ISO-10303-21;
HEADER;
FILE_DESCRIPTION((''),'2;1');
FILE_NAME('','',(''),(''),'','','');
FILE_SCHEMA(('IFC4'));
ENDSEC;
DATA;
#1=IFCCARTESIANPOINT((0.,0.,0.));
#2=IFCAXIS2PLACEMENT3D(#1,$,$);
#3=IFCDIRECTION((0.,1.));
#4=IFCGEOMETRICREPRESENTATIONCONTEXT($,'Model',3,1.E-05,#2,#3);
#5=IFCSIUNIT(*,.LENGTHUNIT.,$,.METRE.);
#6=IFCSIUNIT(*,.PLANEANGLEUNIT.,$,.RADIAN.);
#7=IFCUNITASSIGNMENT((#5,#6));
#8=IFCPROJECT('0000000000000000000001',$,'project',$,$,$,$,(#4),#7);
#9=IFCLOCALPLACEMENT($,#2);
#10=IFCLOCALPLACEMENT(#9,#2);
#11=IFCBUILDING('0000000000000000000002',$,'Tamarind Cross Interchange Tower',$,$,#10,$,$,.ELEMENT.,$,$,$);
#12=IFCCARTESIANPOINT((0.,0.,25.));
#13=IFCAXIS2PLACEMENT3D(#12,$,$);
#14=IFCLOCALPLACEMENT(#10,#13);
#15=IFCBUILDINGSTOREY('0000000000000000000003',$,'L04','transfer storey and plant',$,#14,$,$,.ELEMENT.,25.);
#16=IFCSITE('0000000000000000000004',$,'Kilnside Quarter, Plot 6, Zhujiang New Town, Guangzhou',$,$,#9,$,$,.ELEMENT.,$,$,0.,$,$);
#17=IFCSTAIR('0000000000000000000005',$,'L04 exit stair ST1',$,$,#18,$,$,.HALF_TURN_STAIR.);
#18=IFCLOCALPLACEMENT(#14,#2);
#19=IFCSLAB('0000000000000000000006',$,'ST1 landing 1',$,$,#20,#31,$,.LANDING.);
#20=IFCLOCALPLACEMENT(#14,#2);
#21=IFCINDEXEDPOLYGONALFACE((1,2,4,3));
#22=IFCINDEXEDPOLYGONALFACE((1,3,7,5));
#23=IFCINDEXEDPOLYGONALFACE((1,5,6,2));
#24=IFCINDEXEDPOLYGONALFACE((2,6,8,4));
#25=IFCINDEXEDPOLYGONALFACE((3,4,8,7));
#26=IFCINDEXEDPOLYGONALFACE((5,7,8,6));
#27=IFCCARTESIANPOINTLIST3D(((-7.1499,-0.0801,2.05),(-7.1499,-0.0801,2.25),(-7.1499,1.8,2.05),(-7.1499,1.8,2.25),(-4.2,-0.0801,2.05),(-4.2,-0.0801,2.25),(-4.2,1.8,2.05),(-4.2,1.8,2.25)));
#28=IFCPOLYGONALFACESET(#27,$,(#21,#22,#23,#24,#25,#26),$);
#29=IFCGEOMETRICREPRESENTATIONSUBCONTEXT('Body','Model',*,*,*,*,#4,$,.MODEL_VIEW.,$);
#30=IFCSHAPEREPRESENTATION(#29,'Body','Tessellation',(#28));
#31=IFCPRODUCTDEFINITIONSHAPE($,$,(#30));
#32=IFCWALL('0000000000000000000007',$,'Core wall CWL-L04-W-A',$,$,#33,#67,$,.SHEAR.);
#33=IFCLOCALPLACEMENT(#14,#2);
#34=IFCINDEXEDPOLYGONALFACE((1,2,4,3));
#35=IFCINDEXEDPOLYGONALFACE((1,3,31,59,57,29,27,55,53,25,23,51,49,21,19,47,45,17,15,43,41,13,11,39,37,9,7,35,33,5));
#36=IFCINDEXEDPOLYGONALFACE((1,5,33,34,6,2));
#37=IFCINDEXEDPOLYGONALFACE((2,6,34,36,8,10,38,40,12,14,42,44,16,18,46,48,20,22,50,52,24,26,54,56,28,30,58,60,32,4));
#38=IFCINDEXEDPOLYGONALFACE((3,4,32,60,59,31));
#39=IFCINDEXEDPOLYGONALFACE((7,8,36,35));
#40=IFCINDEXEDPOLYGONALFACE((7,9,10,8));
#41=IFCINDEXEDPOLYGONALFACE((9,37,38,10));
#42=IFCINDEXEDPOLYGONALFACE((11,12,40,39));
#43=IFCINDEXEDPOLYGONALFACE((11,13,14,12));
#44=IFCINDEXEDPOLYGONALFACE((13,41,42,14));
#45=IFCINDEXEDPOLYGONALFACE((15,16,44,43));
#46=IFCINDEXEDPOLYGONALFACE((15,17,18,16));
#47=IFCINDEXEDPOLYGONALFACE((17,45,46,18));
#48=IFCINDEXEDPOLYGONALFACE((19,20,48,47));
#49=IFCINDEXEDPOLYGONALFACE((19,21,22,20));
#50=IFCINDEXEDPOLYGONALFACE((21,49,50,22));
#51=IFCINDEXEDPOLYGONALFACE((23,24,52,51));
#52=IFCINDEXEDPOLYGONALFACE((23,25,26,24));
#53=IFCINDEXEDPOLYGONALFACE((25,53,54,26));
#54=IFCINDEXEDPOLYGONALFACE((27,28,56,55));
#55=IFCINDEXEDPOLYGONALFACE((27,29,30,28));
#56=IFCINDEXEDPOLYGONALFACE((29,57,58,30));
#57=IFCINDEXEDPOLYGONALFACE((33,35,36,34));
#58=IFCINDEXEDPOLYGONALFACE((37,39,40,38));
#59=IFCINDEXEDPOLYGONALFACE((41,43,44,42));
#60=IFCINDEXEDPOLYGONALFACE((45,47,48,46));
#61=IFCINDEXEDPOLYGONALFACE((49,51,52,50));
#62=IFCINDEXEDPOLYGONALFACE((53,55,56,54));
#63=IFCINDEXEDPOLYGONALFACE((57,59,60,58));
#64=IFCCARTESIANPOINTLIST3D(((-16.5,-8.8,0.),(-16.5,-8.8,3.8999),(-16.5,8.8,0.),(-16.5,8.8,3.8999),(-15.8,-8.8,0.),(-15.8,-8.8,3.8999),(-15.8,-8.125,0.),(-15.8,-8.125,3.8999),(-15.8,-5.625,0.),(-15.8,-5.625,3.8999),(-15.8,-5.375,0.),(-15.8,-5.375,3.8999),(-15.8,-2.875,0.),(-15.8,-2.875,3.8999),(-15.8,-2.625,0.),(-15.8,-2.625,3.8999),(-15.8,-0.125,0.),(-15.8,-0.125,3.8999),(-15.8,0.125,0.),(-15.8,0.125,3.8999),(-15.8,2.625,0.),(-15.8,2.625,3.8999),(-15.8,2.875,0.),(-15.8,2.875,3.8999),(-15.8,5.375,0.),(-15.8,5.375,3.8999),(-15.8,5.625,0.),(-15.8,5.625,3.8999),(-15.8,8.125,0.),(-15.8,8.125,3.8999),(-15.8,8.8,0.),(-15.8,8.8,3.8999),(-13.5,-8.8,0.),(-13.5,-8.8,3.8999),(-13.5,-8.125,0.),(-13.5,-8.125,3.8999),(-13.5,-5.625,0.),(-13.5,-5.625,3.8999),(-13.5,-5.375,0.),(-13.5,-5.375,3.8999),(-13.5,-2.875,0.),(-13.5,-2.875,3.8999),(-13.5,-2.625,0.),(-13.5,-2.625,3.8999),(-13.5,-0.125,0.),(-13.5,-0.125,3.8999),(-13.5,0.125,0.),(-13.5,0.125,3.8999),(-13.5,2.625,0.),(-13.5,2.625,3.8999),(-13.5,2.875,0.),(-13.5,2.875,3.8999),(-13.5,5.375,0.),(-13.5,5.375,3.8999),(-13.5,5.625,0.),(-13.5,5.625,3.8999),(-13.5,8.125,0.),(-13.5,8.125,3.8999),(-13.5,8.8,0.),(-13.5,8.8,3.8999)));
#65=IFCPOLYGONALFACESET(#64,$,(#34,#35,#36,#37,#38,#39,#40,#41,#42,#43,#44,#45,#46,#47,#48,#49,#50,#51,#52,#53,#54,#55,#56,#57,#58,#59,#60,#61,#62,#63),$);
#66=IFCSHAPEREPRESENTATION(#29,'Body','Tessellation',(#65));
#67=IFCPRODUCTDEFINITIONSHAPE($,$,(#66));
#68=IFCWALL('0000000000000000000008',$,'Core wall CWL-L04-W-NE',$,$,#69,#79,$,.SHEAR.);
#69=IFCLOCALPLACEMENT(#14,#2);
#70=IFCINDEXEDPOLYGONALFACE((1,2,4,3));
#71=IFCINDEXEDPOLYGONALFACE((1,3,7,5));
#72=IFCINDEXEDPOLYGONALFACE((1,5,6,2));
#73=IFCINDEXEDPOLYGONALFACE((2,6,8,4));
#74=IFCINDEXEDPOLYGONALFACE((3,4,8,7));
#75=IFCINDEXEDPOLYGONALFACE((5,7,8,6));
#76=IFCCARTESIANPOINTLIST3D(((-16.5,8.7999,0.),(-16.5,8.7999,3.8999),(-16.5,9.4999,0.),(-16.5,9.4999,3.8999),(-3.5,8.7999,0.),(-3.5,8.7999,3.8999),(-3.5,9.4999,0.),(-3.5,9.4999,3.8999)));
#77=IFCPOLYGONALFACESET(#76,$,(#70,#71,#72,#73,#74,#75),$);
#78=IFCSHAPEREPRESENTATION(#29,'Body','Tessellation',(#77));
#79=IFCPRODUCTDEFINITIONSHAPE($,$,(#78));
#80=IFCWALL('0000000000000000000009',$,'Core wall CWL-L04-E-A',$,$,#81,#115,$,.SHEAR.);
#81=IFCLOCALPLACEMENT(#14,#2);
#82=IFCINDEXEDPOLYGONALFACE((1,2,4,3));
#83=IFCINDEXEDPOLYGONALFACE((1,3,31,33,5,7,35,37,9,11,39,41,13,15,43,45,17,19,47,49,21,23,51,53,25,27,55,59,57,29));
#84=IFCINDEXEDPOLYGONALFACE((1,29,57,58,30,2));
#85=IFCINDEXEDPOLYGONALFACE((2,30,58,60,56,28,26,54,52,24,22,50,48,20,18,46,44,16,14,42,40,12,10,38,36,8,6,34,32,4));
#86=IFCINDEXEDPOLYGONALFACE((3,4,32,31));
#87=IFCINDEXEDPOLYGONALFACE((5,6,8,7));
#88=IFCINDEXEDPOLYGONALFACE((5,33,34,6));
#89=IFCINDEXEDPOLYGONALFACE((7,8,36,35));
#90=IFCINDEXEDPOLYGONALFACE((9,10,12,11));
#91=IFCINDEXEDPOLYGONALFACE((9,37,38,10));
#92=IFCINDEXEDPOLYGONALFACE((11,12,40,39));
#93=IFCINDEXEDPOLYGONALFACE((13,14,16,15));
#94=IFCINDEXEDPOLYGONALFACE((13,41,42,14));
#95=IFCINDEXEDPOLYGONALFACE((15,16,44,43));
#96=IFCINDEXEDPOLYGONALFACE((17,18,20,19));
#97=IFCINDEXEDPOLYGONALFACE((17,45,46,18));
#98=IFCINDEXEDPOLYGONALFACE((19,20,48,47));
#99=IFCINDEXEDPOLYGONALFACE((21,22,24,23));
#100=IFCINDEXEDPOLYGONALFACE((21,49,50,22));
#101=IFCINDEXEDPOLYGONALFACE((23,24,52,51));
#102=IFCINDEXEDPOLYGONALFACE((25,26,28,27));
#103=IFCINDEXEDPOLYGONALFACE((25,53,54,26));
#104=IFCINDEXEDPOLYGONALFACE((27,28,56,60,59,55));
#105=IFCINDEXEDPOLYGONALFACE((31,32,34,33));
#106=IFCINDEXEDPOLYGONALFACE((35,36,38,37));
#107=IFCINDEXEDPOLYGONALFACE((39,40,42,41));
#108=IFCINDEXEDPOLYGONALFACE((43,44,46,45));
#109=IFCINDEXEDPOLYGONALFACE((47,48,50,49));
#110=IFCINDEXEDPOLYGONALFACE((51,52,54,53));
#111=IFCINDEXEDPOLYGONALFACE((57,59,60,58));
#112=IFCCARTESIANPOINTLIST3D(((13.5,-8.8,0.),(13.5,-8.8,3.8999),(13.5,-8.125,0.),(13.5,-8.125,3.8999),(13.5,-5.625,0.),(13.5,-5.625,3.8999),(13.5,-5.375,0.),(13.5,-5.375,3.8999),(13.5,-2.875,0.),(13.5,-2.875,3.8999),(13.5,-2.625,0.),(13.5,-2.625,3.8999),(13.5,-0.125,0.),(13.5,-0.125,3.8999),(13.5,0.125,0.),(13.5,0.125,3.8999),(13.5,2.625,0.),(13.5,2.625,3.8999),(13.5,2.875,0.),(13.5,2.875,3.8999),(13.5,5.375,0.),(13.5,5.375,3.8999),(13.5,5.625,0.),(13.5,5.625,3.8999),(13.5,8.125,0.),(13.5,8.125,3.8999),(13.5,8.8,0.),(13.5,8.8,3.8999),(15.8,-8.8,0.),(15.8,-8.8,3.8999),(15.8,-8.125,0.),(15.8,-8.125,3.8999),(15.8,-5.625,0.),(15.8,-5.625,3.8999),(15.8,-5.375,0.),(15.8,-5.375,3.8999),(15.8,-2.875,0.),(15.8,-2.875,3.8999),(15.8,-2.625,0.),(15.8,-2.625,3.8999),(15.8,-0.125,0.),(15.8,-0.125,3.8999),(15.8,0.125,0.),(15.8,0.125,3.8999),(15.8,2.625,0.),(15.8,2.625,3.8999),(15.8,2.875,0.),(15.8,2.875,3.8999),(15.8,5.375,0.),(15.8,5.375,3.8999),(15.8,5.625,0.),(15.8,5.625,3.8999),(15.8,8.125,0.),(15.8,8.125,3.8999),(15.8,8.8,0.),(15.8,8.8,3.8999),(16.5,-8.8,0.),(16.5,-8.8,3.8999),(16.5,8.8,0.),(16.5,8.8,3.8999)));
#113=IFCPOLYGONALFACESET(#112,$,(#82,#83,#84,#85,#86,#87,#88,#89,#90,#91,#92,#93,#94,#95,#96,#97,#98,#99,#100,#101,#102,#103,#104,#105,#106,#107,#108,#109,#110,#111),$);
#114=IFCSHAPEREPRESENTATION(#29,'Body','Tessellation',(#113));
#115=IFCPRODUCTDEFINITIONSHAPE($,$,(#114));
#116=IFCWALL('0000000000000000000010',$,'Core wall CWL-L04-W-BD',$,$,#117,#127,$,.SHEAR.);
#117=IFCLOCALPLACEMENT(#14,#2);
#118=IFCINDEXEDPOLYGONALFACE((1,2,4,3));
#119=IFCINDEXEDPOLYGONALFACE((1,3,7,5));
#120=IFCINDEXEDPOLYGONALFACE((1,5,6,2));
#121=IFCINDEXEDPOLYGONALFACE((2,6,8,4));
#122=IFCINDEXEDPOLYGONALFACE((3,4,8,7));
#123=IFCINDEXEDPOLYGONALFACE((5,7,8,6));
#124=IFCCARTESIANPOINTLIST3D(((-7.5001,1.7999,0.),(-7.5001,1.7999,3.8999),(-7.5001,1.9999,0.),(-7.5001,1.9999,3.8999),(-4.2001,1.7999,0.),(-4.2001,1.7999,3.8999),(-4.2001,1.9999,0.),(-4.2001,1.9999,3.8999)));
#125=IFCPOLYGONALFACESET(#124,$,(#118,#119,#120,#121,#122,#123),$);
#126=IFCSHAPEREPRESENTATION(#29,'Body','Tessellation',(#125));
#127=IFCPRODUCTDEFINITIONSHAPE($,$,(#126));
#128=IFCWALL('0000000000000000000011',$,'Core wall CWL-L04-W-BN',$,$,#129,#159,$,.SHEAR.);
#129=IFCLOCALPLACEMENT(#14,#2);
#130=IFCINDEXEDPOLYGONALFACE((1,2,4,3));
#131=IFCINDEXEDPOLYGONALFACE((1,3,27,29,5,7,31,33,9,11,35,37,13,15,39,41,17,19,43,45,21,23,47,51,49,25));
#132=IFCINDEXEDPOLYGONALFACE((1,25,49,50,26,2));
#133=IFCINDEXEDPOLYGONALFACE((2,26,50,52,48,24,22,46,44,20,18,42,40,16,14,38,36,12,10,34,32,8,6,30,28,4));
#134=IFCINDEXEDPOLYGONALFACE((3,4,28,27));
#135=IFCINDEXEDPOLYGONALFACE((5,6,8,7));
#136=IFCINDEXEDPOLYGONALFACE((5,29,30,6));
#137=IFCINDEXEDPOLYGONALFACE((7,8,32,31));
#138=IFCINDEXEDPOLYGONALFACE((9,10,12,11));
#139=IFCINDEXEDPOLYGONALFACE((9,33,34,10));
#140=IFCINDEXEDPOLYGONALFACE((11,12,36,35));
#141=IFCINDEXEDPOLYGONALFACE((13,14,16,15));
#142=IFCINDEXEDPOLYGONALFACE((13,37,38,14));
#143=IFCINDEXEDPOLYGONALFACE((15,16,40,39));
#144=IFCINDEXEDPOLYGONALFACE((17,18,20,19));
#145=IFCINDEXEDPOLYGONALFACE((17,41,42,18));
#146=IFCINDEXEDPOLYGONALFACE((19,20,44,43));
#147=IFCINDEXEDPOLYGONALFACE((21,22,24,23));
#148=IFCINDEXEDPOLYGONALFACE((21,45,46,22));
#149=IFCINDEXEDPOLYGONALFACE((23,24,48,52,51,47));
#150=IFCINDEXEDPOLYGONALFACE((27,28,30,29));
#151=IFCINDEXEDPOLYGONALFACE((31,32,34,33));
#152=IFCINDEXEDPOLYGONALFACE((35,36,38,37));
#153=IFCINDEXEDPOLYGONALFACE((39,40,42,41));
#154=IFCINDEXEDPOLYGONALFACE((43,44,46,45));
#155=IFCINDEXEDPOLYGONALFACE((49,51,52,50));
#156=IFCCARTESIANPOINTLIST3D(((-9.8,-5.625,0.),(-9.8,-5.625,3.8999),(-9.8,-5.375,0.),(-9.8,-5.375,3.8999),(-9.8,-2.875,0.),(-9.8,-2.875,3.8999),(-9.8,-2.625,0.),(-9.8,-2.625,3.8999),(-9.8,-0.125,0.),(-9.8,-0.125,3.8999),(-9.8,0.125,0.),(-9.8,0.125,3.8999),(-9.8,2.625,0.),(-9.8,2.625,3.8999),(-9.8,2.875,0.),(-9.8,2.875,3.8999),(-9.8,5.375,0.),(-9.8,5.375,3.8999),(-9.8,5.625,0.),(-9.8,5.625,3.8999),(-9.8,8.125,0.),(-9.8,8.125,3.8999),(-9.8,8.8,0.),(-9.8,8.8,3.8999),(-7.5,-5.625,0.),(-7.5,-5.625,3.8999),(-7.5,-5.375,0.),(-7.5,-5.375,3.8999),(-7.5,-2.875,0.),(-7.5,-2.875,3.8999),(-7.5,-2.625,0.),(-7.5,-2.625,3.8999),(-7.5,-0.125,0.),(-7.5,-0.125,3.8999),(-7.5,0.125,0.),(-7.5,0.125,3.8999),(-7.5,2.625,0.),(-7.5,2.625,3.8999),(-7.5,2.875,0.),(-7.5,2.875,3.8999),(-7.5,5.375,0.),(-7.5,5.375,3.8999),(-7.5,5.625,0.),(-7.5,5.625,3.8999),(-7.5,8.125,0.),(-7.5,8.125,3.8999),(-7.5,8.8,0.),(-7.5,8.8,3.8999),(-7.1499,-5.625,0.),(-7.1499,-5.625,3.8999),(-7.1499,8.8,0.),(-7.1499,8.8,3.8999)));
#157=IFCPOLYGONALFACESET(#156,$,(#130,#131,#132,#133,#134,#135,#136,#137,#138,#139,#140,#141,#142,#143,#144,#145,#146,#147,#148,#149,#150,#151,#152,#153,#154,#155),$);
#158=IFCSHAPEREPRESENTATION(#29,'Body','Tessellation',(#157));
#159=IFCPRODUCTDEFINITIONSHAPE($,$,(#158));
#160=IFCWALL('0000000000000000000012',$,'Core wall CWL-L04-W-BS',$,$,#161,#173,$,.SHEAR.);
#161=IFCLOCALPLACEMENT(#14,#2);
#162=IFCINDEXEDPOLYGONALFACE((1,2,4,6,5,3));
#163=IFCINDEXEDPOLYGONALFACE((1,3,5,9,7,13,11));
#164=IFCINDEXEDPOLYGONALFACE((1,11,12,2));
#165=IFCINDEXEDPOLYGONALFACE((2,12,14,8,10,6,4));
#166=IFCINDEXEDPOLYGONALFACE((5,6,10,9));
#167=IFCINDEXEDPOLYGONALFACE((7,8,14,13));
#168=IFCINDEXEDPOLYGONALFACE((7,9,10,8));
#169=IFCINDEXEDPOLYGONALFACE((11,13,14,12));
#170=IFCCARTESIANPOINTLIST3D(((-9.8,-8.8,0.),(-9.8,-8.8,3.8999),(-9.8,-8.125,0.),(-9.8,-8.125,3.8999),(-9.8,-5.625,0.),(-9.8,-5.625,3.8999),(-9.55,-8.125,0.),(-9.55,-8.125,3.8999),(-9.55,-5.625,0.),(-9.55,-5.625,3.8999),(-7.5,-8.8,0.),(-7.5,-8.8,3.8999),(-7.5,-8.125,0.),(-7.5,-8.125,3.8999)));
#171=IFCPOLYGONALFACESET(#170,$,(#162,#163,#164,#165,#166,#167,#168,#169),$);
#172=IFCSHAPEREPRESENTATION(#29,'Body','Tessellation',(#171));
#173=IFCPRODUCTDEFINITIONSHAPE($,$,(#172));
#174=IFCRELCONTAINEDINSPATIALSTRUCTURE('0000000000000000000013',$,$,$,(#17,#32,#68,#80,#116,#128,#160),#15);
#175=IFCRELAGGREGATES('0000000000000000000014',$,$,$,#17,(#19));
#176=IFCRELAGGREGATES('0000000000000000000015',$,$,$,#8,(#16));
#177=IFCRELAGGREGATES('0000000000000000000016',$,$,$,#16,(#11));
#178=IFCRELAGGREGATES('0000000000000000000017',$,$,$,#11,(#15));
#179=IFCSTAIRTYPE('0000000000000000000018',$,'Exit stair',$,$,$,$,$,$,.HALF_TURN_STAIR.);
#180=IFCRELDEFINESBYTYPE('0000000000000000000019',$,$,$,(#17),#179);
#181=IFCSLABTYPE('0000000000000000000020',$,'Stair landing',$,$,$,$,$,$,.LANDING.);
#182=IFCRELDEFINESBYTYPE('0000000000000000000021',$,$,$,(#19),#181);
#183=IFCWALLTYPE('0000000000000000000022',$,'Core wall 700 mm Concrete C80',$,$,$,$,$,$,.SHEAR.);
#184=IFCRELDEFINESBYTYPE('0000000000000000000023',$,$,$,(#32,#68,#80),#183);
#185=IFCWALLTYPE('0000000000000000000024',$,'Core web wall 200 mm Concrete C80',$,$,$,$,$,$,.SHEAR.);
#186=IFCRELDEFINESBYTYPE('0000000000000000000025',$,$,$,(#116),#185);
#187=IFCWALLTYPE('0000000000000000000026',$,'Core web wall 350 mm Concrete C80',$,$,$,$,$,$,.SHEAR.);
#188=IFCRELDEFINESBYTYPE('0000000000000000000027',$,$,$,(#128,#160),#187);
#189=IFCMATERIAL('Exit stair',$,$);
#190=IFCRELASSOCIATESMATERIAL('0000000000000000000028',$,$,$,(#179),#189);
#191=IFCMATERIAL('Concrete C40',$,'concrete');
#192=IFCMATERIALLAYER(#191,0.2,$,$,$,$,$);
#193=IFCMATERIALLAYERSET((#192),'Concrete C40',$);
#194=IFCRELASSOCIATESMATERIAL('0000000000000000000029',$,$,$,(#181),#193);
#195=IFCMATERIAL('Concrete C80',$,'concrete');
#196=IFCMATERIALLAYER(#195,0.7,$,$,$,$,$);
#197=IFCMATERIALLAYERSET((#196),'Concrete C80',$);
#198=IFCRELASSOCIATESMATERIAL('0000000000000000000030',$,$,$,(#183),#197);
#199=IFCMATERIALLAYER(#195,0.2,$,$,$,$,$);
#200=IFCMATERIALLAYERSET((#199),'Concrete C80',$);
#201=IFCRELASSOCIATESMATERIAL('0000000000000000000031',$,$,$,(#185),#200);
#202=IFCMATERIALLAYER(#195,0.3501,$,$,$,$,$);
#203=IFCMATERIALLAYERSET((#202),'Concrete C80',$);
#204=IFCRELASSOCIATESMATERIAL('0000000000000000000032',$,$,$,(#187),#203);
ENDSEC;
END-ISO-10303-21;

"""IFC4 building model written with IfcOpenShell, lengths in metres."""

from ifc_helpers import new_model, si_unit, direction, frame, frame_2d, origin, place, context, subcontext, project, spatial, polyline, rectangle, outline, extrude, material, layer, layer_set, type_object, element, aggregate, save


model = new_model("IFC4")

# Units and contexts
model_context = context("Model", 3, precision=1e-05, world=origin(), true_north=direction((0.0, 1.0)))
body_context = subcontext(model_context, "Body", "Model", "MODEL_VIEW")
ifc_project = project(units=[si_unit("LENGTHUNIT", "METRE"), si_unit("PLANEANGLEUNIT", "RADIAN")], contexts=[model_context])

# Site, building, storey
site_placement = place(None, origin())
site = spatial("IfcSite", under=ifc_project, at=site_placement, Name="Kilnside Quarter, Plot 6, Zhujiang New Town, Guangzhou", CompositionType="ELEMENT", RefElevation=0.0)
building_placement = place(site_placement, origin())
building = spatial("IfcBuilding", under=site, at=building_placement, Name="Tamarind Cross Interchange Tower", CompositionType="ELEMENT")
storey_placement = place(building_placement, frame((0.0, 0.0, 25.0)))
storey = spatial("IfcBuildingStorey", under=building, at=storey_placement, Name="L04", Description="transfer storey and plant", CompositionType="ELEMENT", Elevation=25.0)

# Shared definitions
ifc_material_1 = material(Name="Concrete C80", Category="concrete")

# Shared definitions
ifc_material_2 = material(Name="Concrete C40", Category="concrete")

# Stair, slab
ifc_material_3 = material(Name="Exit stair")
stair_type = type_object("IfcStairType", Name="Exit stair", PredefinedType="HALF_TURN_STAIR", material=ifc_material_3)
stair_placement = place(storey_placement, origin())
stair = element("IfcStair", 1, at=stair_placement, inside=storey, type_object=stair_type, Name="L04 exit stair ST1", PredefinedType="HALF_TURN_STAIR")
ifc_layer_1 = layer(ifc_material_2, 0.2)
ifc_layer_set_1 = layer_set([ifc_layer_1], Name="Concrete C40")
slab_type_1 = type_object("IfcSlabType", Name="Stair landing", PredefinedType="LANDING", material=ifc_layer_set_1)
slab_1_placement = place(storey_placement, frame((0.0, 0.0, 2.05)))
slab_1 = element("IfcSlab", 2, at=slab_1_placement, type_object=slab_type_1, Name="ST1 landing 1", PredefinedType="LANDING", context=body_context, shape_type="SweptSolid", body=[
    extrude(outline(polyline([(-4.2, -0.0801), (-4.2, 1.8), (-7.1499, 1.8), (-7.1499, -0.0801), (-4.2, -0.0801)])), origin(), (0.0, 0.0, 1.0), 0.2),
])

# Walls
ifc_layer_2 = layer(ifc_material_1, 0.7)
ifc_layer_set_2 = layer_set([ifc_layer_2], Name="Concrete C80")
wall_type_1 = type_object("IfcWallType", Name="Core wall 700 mm Concrete C80", PredefinedType="SHEAR", material=ifc_layer_set_2)
wall_1_placement = place(storey_placement, origin())
element("IfcWall", 3, at=wall_1_placement, inside=storey, type_object=wall_type_1, Name="Core wall CWL-L04-W-A", PredefinedType="SHEAR", context=body_context, shape_type="SweptSolid", body=[
    extrude(outline(polyline([(-13.5, -8.8), (-13.5, -8.125), (-15.8, -8.125), (-15.8, -5.625), (-13.5, -5.625), (-13.5, -5.375), (-15.8, -5.375), (-15.8, -2.875), (-13.5, -2.875), (-13.5, -2.625), (-15.8, -2.625), (-15.8, -0.125), (-13.5, -0.125), (-13.5, 0.125), (-15.8, 0.125), (-15.8, 2.625), (-13.5, 2.625), (-13.5, 2.875), (-15.8, 2.875), (-15.8, 5.375), (-13.5, 5.375), (-13.5, 5.625), (-15.8, 5.625), (-15.8, 8.125), (-13.5, 8.125), (-13.5, 8.8), (-15.8, 8.8), (-16.5, 8.8), (-16.5, -8.8), (-15.8, -8.8), (-13.5, -8.8)])), origin(), (0.0, 0.0, 1.0), 3.8999),
])
wall_2_placement = place(storey_placement, frame((-16.5, 9.1499, 0.0), z_axis=(0.0, 0.0, 1.0), x_axis=(1.0, 0.0, 0.0)))
element("IfcWall", 4, at=wall_2_placement, inside=storey, type_object=wall_type_1, Name="Core wall CWL-L04-W-NE", PredefinedType="SHEAR", context=body_context, shape_type="SweptSolid", body=[
    extrude(rectangle(XDim=13.0, YDim=0.7, at=frame_2d((6.5, 0.0))), origin(), (0.0, 0.0, 1.0), 3.8999),
])
wall_3_placement = place(storey_placement, origin())
element("IfcWall", 5, at=wall_3_placement, inside=storey, type_object=wall_type_1, Name="Core wall CWL-L04-E-A", PredefinedType="SHEAR", context=body_context, shape_type="SweptSolid", body=[
    extrude(outline(polyline([(13.5, -8.8), (15.8, -8.8), (16.5, -8.8), (16.5, 8.8), (15.8, 8.8), (13.5, 8.8), (13.5, 8.125), (15.8, 8.125), (15.8, 5.625), (13.5, 5.625), (13.5, 5.375), (15.8, 5.375), (15.8, 2.875), (13.5, 2.875), (13.5, 2.625), (15.8, 2.625), (15.8, 0.125), (13.5, 0.125), (13.5, -0.125), (15.8, -0.125), (15.8, -2.625), (13.5, -2.625), (13.5, -2.875), (15.8, -2.875), (15.8, -5.375), (13.5, -5.375), (13.5, -5.625), (15.8, -5.625), (15.8, -8.125), (13.5, -8.125), (13.5, -8.8)])), origin(), (0.0, 0.0, 1.0), 3.8999),
])
ifc_layer_3 = layer(ifc_material_1, 0.2)
ifc_layer_set_3 = layer_set([ifc_layer_3], Name="Concrete C80")
wall_type_2 = type_object("IfcWallType", Name="Core web wall 200 mm Concrete C80", PredefinedType="SHEAR", material=ifc_layer_set_3)
wall_4_placement = place(storey_placement, frame((-7.5, 1.8999, 0.0), z_axis=(0.0, 0.0, 1.0), x_axis=(1.0, 0.0, 0.0)))
element("IfcWall", 6, at=wall_4_placement, inside=storey, type_object=wall_type_2, Name="Core wall CWL-L04-W-BD", PredefinedType="SHEAR", context=body_context, shape_type="SweptSolid", body=[
    extrude(rectangle(XDim=3.3, YDim=0.2, at=frame_2d((1.6499, 0.0))), origin(), (0.0, 0.0, 1.0), 3.8999),
])
ifc_layer_4 = layer(ifc_material_1, 0.3501)
ifc_layer_set_4 = layer_set([ifc_layer_4], Name="Concrete C80")
wall_type_3 = type_object("IfcWallType", Name="Core web wall 350 mm Concrete C80", PredefinedType="SHEAR", material=ifc_layer_set_4)
wall_5_placement = place(storey_placement, origin())
element("IfcWall", 7, at=wall_5_placement, inside=storey, type_object=wall_type_3, Name="Core wall CWL-L04-W-BN", PredefinedType="SHEAR", context=body_context, shape_type="SweptSolid", body=[
    extrude(outline(polyline([(-9.8, -5.375), (-9.8, -5.625), (-7.5, -5.625), (-7.1499, -5.625), (-7.1499, 8.8), (-7.5, 8.8), (-9.8, 8.8), (-9.8, 8.125), (-7.5, 8.125), (-7.5, 5.625), (-9.8, 5.625), (-9.8, 5.375), (-7.5, 5.375), (-7.5, 2.875), (-9.8, 2.875), (-9.8, 2.625), (-7.5, 2.625), (-7.5, 0.125), (-9.8, 0.125), (-9.8, -0.125), (-7.5, -0.125), (-7.5, -2.625), (-9.8, -2.625), (-9.8, -2.875), (-7.5, -2.875), (-7.5, -5.375), (-9.8, -5.375)])), origin(), (0.0, 0.0, 1.0), 3.8999),
])
wall_6_placement = place(storey_placement, origin())
element("IfcWall", 8, at=wall_6_placement, inside=storey, type_object=wall_type_3, Name="Core wall CWL-L04-W-BS", PredefinedType="SHEAR", context=body_context, shape_type="SweptSolid", body=[
    extrude(outline(polyline([(-7.5, -8.125), (-9.55, -8.125), (-9.55, -5.625), (-9.8, -5.625), (-9.8, -8.125), (-9.8, -8.8), (-7.5, -8.8), (-7.5, -8.125)])), origin(), (0.0, 0.0, 1.0), 3.8999),
])

aggregate(stair, [slab_1])

save(model, "model.ifc")
